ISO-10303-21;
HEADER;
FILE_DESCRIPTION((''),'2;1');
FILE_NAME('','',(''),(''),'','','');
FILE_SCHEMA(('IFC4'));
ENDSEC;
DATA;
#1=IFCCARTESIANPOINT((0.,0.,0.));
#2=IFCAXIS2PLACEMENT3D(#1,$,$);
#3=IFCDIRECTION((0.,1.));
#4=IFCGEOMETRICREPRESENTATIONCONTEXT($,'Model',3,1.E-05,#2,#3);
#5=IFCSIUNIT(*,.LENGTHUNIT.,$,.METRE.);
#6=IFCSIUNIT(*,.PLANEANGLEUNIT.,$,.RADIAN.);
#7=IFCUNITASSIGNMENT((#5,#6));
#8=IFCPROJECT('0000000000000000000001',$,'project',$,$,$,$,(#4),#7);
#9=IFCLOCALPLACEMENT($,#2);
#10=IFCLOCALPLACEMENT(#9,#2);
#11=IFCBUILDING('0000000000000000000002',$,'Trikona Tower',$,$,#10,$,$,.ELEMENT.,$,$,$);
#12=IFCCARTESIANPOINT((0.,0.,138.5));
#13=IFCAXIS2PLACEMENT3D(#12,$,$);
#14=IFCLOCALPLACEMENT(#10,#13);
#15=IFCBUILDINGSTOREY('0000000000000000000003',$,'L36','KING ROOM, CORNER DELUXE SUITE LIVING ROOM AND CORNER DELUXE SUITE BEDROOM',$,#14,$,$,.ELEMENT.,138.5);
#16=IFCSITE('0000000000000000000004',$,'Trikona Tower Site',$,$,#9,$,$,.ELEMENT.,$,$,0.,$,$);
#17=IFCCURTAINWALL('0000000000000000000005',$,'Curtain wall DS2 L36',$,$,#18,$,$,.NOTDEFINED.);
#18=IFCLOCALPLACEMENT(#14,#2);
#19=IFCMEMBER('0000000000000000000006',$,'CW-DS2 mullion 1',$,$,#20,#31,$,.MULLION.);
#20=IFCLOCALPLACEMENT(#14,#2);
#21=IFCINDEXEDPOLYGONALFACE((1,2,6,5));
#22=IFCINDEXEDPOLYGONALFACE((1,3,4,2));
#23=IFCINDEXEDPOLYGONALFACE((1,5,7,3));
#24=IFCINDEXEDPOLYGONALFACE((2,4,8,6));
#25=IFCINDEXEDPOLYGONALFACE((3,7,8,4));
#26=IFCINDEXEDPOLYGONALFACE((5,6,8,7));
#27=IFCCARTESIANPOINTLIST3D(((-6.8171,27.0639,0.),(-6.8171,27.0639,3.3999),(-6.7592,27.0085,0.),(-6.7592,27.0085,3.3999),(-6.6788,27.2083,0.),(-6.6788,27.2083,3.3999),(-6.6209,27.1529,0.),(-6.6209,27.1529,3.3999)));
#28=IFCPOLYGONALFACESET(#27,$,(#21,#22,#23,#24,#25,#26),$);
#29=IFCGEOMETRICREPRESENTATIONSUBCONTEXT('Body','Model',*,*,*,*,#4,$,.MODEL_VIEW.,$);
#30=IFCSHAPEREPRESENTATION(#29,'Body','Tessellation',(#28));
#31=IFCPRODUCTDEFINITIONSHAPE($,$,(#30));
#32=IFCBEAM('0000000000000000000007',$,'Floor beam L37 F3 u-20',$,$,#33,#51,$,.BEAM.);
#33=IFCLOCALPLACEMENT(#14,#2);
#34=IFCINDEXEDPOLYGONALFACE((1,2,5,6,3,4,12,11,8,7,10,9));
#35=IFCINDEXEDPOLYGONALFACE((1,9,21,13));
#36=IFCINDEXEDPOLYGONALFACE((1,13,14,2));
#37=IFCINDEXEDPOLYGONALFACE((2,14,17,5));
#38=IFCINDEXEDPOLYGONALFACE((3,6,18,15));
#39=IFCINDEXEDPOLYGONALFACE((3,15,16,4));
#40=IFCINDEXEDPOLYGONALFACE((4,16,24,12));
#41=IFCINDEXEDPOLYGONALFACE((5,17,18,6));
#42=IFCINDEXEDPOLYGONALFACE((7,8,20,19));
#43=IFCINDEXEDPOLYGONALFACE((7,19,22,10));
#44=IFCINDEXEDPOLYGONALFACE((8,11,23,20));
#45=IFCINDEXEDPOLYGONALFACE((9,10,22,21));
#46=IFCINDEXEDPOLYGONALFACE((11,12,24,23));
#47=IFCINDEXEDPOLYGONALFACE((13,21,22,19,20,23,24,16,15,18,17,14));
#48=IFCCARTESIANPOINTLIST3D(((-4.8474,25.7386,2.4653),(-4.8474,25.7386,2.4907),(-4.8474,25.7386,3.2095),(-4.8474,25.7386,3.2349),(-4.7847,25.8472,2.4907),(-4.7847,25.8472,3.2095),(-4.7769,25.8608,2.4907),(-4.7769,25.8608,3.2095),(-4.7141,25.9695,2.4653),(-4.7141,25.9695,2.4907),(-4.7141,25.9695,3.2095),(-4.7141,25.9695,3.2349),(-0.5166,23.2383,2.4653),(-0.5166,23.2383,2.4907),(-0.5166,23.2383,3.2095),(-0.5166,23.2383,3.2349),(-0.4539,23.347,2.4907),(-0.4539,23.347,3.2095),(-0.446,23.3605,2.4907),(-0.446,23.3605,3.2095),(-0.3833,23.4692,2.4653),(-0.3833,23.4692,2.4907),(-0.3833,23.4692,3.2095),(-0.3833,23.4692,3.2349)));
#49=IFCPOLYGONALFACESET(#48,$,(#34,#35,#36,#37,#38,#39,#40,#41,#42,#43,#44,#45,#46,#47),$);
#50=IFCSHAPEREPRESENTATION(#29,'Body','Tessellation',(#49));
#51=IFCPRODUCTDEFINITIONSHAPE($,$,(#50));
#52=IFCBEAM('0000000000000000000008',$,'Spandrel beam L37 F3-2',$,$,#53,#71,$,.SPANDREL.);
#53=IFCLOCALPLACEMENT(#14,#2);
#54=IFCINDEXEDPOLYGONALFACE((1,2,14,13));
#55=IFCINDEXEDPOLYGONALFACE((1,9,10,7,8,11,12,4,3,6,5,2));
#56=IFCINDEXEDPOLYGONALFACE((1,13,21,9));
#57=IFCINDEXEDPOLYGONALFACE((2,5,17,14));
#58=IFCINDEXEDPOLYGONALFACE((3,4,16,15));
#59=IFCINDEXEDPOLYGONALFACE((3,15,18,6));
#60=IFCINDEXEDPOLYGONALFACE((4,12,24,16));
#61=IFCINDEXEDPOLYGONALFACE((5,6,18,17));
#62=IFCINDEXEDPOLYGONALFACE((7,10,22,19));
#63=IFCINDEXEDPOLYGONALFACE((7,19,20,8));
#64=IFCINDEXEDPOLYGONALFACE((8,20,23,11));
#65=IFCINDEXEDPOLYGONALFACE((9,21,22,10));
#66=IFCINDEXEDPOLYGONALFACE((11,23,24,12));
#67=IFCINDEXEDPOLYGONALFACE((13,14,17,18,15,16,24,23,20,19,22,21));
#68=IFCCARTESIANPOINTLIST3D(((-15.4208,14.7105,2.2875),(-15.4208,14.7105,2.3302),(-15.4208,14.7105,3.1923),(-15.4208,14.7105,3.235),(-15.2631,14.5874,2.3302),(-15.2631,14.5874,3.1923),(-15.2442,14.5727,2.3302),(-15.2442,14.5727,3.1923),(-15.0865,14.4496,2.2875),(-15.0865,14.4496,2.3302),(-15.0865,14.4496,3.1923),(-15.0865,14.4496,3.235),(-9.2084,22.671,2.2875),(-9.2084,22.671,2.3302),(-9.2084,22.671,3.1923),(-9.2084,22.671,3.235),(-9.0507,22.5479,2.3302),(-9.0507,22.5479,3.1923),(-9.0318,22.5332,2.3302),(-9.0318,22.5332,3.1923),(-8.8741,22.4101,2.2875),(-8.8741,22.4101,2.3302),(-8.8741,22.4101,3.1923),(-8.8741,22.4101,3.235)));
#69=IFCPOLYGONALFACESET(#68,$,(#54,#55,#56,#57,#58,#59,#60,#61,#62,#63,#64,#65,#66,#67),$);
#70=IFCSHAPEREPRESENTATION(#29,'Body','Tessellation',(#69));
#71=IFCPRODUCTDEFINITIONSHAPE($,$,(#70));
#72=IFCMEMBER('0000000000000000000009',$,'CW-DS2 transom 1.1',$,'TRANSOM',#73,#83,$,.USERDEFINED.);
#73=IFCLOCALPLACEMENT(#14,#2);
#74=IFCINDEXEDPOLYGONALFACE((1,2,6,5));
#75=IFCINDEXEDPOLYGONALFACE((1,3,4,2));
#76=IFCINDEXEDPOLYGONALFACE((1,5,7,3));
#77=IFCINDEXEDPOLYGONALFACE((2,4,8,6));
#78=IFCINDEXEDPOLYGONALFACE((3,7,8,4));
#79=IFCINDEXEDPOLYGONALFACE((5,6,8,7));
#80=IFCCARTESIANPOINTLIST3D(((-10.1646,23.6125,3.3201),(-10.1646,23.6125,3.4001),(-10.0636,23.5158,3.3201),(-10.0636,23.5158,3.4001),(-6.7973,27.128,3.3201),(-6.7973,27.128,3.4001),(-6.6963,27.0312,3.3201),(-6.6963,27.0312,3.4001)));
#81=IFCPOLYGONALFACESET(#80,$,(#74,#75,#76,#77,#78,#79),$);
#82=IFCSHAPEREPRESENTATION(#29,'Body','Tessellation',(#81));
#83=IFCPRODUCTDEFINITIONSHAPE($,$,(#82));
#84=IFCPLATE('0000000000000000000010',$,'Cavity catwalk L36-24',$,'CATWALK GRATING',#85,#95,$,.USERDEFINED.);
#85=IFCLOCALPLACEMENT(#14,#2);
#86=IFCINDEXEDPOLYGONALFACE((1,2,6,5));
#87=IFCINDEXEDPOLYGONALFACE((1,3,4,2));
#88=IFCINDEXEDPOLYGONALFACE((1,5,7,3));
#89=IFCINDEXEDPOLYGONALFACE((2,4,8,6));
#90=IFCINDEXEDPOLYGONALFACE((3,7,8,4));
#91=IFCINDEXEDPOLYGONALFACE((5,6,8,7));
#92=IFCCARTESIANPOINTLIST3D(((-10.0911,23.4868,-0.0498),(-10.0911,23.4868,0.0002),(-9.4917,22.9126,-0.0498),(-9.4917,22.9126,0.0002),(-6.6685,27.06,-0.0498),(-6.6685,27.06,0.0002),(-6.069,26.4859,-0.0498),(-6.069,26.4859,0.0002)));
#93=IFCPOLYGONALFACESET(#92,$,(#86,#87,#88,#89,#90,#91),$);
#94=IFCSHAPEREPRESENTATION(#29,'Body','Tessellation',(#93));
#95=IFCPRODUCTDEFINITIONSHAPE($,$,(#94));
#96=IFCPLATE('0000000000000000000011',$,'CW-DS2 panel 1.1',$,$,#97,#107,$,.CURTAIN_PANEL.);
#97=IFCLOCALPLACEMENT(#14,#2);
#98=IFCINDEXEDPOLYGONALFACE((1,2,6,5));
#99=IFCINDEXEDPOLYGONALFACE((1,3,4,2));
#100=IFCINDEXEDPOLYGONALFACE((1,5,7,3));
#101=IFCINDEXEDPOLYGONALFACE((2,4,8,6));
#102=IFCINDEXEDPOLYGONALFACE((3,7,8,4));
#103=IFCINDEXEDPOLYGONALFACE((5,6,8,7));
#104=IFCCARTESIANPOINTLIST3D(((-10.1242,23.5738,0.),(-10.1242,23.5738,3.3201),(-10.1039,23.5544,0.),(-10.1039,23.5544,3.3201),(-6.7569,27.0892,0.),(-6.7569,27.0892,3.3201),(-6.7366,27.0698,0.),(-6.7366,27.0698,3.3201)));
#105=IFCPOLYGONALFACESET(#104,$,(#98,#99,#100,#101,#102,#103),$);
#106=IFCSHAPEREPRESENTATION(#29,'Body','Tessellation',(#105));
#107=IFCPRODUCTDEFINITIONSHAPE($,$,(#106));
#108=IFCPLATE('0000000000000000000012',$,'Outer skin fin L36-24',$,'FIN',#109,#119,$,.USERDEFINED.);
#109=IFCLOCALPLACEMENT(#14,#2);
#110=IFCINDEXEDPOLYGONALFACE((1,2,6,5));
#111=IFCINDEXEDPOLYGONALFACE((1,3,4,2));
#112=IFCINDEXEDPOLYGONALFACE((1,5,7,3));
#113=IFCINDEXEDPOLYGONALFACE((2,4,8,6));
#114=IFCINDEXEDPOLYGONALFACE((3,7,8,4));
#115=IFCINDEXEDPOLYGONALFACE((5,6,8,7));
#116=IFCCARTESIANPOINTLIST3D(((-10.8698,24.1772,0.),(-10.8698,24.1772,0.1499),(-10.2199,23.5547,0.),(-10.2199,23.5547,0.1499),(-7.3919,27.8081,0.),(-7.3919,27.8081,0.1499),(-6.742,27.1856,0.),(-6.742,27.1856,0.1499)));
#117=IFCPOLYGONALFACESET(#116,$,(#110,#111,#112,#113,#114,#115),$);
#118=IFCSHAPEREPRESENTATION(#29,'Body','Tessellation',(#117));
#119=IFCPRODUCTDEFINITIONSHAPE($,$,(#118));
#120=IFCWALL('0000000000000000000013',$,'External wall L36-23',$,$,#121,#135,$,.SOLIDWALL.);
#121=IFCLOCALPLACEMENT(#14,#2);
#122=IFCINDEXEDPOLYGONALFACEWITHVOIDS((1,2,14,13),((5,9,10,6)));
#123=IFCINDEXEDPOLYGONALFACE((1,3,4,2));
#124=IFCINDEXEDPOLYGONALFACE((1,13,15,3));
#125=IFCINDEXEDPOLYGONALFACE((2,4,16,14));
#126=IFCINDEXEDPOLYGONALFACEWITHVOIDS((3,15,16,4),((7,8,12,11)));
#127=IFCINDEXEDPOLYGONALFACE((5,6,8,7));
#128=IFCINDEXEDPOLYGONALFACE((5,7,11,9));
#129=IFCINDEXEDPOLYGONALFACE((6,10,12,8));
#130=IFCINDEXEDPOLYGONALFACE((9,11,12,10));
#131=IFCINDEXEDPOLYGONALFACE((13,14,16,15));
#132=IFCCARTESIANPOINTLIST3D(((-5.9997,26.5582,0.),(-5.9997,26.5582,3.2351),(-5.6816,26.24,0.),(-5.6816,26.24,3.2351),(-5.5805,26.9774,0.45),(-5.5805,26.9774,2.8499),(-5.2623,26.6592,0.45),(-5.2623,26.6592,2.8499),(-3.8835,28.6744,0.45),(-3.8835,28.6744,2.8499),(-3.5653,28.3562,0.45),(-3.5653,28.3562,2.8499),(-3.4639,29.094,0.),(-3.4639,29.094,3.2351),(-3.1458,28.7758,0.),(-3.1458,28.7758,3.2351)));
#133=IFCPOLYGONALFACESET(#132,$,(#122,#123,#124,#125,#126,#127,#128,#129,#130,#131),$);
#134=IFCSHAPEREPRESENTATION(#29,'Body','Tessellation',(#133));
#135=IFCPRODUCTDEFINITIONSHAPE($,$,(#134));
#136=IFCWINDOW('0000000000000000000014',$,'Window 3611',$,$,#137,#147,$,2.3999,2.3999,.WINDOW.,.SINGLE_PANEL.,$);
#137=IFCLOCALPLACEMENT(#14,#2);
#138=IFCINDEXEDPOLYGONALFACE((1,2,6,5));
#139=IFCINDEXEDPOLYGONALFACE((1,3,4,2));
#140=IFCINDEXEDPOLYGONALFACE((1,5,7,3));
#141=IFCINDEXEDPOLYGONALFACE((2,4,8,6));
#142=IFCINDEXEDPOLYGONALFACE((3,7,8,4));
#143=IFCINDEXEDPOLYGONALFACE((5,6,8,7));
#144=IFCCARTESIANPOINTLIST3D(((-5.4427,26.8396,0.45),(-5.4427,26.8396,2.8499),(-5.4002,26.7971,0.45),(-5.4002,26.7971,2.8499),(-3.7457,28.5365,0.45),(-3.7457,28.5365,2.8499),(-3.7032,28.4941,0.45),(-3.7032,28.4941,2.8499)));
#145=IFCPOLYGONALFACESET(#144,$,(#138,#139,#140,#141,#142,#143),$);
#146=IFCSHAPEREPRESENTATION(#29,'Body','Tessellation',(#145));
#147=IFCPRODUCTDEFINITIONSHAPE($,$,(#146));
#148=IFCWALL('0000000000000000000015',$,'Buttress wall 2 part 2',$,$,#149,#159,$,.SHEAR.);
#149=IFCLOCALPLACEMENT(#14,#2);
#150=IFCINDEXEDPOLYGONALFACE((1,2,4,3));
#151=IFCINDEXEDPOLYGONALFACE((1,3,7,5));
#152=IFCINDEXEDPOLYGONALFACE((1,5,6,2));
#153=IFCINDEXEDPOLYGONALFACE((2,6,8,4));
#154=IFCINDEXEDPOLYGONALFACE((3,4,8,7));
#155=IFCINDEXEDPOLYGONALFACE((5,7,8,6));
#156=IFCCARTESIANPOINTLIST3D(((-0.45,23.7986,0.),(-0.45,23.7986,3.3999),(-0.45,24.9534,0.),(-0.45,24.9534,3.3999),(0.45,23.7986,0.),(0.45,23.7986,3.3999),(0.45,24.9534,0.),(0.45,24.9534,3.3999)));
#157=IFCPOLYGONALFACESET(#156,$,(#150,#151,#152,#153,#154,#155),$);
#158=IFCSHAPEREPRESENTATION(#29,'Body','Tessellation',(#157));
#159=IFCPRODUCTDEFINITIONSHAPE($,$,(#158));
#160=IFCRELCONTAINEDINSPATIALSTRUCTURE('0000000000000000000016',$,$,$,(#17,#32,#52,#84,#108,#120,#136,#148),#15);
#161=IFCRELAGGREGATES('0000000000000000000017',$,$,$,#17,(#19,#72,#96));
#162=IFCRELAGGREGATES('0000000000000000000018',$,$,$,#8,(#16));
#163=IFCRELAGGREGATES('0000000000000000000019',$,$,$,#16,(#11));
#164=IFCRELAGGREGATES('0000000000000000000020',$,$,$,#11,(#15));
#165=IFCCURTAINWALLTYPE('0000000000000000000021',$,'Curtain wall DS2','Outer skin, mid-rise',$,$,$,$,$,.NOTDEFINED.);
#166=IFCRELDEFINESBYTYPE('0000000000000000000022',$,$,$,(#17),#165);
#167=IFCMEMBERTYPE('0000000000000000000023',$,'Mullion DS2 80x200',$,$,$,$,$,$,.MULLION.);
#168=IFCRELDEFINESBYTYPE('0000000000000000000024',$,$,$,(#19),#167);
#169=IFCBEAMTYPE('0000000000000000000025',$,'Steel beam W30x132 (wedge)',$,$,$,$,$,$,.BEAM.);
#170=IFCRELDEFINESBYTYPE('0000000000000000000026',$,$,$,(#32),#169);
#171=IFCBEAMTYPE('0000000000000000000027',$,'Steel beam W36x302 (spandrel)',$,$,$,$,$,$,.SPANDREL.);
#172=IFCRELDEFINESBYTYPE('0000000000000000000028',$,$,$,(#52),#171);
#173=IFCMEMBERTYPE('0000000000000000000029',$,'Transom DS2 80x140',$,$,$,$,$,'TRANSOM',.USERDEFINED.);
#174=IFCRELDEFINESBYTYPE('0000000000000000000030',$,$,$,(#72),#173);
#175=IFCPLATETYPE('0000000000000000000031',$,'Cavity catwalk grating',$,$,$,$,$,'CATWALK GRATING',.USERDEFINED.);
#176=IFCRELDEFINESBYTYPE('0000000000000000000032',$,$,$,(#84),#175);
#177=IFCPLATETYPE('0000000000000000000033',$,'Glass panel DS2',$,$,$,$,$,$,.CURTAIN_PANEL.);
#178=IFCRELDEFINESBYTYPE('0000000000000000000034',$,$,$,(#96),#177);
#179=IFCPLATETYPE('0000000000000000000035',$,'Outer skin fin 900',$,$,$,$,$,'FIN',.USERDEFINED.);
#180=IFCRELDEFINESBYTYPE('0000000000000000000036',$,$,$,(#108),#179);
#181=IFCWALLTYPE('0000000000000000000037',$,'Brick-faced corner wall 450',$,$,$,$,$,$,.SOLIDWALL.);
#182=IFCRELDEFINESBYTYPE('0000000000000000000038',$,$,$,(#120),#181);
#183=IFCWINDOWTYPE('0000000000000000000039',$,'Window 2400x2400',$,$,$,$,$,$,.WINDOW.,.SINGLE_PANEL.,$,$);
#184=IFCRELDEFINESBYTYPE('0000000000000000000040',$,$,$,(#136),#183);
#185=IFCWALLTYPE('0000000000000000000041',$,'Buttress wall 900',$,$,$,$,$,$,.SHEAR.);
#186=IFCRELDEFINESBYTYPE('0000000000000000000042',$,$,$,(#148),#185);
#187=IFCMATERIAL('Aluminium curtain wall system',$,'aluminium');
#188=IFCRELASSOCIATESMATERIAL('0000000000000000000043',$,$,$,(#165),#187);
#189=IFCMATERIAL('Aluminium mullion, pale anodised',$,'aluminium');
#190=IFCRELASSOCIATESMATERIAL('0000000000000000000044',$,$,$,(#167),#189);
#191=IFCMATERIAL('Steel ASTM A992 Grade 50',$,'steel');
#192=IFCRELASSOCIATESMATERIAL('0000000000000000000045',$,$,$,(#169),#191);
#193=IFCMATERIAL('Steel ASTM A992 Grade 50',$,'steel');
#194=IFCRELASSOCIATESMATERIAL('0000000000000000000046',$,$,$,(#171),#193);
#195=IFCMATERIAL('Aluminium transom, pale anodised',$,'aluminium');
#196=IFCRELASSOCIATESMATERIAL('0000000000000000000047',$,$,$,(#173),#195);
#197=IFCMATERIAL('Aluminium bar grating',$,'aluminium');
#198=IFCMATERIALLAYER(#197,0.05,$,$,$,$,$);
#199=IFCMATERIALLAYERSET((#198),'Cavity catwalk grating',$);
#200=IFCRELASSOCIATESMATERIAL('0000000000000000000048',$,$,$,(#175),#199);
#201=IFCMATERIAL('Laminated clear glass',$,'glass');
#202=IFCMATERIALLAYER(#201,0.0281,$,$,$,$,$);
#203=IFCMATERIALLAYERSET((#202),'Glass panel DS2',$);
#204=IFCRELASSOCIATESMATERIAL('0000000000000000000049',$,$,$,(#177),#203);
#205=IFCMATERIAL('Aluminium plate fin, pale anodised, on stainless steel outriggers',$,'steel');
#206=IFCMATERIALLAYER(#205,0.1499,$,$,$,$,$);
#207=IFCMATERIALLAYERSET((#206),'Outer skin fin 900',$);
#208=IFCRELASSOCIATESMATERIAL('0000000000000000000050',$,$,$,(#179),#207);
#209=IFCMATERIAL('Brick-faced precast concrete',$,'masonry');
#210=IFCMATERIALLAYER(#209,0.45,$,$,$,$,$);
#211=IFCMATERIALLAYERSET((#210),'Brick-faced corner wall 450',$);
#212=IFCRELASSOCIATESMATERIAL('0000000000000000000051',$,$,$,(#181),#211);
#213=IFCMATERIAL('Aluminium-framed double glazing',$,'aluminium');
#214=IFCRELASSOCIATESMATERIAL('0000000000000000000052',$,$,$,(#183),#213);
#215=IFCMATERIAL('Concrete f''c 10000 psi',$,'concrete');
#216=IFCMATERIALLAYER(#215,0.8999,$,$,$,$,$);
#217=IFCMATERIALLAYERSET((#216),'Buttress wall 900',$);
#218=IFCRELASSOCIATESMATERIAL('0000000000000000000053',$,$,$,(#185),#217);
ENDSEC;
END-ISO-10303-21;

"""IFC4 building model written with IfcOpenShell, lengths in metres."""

from ifc_helpers import new_model, si_unit, direction, frame, frame_2d, origin, origin_2d, place, context, subcontext, project, spatial, rectangle, i_section, extrude, material, layer, layer_set, material_profile, profile_set, type_object, element, fill, aggregate, save


model = new_model("IFC4")

# Units and contexts
model_context = context("Model", 3, precision=1e-05, world=origin(), true_north=direction((0.0, 1.0)))
body_context = subcontext(model_context, "Body", "Model", "MODEL_VIEW")
ifc_project = project(units=[si_unit("LENGTHUNIT", "METRE"), si_unit("PLANEANGLEUNIT", "RADIAN")], contexts=[model_context])

# Site, building, storey
site_placement = place(None, origin())
site = spatial("IfcSite", under=ifc_project, at=site_placement, Name="Trikona Tower Site", CompositionType="ELEMENT", RefElevation=0.0)
building_placement = place(site_placement, origin())
building = spatial("IfcBuilding", under=site, at=building_placement, Name="Trikona Tower", CompositionType="ELEMENT")
storey_placement = place(building_placement, frame((0.0, 0.0, 138.5)))
storey = spatial("IfcBuildingStorey", under=building, at=storey_placement, Name="L36", Description="KING ROOM, CORNER DELUXE SUITE LIVING ROOM AND CORNER DELUXE SUITE BEDROOM", CompositionType="ELEMENT", Elevation=138.5)

# Curtain wall, member
ifc_material_1 = material(Name="Aluminium curtain wall system", Category="aluminium")
curtain_wall_type = type_object("IfcCurtainWallType", Name="Curtain wall DS2", Description="Outer skin, mid-rise", PredefinedType="NOTDEFINED", material=ifc_material_1)
curtain_wall_placement = place(storey_placement, origin())
curtain_wall = element("IfcCurtainWall", 1, at=curtain_wall_placement, inside=storey, type_object=curtain_wall_type, Name="Curtain wall DS2 L36", PredefinedType="NOTDEFINED")
ifc_material_2 = material(Name="Aluminium mullion, pale anodised", Category="aluminium")
ifc_material_profile_1 = material_profile(ifc_material_2, rectangle(XDim=0.0801, YDim=0.2, at=origin_2d()), Name="MUL-DS2")
ifc_profile_set_1 = profile_set([ifc_material_profile_1], Name="Aluminium mullion, pale anodised")
member_type_1 = type_object("IfcMemberType", Name="Mullion DS2 80x200", PredefinedType="MULLION", material=ifc_profile_set_1)
member_1_placement = place(storey_placement, frame((-6.719, 27.1084, 0.0), z_axis=(0.0, 0.0, 1.0), x_axis=(0.722158, -0.691728, 0.0)))
member_1 = element("IfcMember", 2, at=member_1_placement, type_object=member_type_1, Name="CW-DS2 mullion 1", PredefinedType="MULLION", context=body_context, shape_type="SweptSolid", body=[
    extrude(rectangle(XDim=0.0801, YDim=0.2, at=origin_2d()), origin(), (0.0, 0.0, 1.0), 3.3999),
])

# Beams
ifc_material_3 = material(Name="Steel ASTM A992 Grade 50", Category="steel")
ifc_material_profile_2 = material_profile(ifc_material_3, i_section(OverallWidth=0.2666, OverallDepth=0.7695, WebThickness=0.0156, FlangeThickness=0.0254, at=origin_2d()), Name="W30X132")
ifc_profile_set_2 = profile_set([ifc_material_profile_2], Name="Steel ASTM A992 Grade 50")
beam_type_1 = type_object("IfcBeamType", Name="Steel beam W30x132 (wedge)", PredefinedType="BEAM", material=ifc_profile_set_2)
beam_1_placement = place(storey_placement, frame((-0.45, 23.3538, 2.8501), z_axis=(-0.866038, 0.499977, 0.0), x_axis=(-0.499977, -0.866038, 0.0)))
element("IfcBeam", 3, at=beam_1_placement, inside=storey, type_object=beam_type_1, Name="Floor beam L37 F3 u-20", PredefinedType="BEAM", context=body_context, shape_type="SweptSolid", body=[
    extrude(i_section(OverallWidth=0.2666, OverallDepth=0.7695, WebThickness=0.0156, FlangeThickness=0.0254, at=origin_2d()), origin(), (0.0, 0.0, 1.0), 5.0007),
])
ifc_material_4 = material(Name="Steel ASTM A992 Grade 50", Category="steel")
ifc_material_profile_3 = material_profile(ifc_material_4, i_section(OverallWidth=0.4241, OverallDepth=0.9475, WebThickness=0.0239, FlangeThickness=0.0427, at=origin_2d()), Name="W36X302")
ifc_profile_set_3 = profile_set([ifc_material_profile_3], Name="Steel ASTM A992 Grade 50")
beam_type_2 = type_object("IfcBeamType", Name="Steel beam W36x302 (spandrel)", PredefinedType="SPANDREL", material=ifc_profile_set_3)
beam_2_placement = place(storey_placement, frame((-9.0413, 22.5405, 2.7612), z_axis=(-0.615232, -0.788346, 0.0), x_axis=(0.788346, -0.615232, 0.0)))
element("IfcBeam", 4, at=beam_2_placement, inside=storey, type_object=beam_type_2, Name="Spandrel beam L37 F3-2", PredefinedType="SPANDREL", context=body_context, shape_type="SweptSolid", body=[
    extrude(i_section(OverallWidth=0.4241, OverallDepth=0.9475, WebThickness=0.0239, FlangeThickness=0.0427, at=origin_2d()), origin(), (0.0, 0.0, 1.0), 10.0977),
])

# Member
ifc_material_5 = material(Name="Aluminium transom, pale anodised", Category="aluminium")
ifc_material_profile_4 = material_profile(ifc_material_5, rectangle(XDim=0.1399, YDim=0.0801, at=origin_2d()), Name="TRN-DS2")
ifc_profile_set_4 = profile_set([ifc_material_profile_4], Name="Aluminium transom, pale anodised")
member_type_2 = type_object("IfcMemberType", Name="Transom DS2 80x140", ElementType="TRANSOM", PredefinedType="USERDEFINED", material=ifc_profile_set_4)
member_2_placement = place(storey_placement, frame((-6.7468, 27.0796, 3.3601), z_axis=(-0.691721, -0.722165, 0.0), x_axis=(0.722165, -0.691721, 0.0)))
member_2 = element("IfcMember", 5, at=member_2_placement, type_object=member_type_2, Name="CW-DS2 transom 1.1", ObjectType="TRANSOM", PredefinedType="USERDEFINED", context=body_context, shape_type="SweptSolid", body=[
    extrude(rectangle(XDim=0.1399, YDim=0.0801, at=origin_2d()), origin(), (0.0, 0.0, 1.0), 4.8679),
])

# Plates
ifc_material_6 = material(Name="Aluminium bar grating", Category="aluminium")
ifc_layer_1 = layer(ifc_material_6, 0.05)
ifc_layer_set_1 = layer_set([ifc_layer_1], Name="Cavity catwalk grating")
plate_type_1 = type_object("IfcPlateType", Name="Cavity catwalk grating", ElementType="CATWALK GRATING", PredefinedType="USERDEFINED", material=ifc_layer_set_1)
plate_1_placement = place(storey_placement, frame((-8.0801, 24.9863, -0.0498), z_axis=(0.0, 0.0, 1.0), x_axis=(-0.691724, -0.722162, 0.0)))
element("IfcPlate", 6, at=plate_1_placement, inside=storey, type_object=plate_type_1, Name="Cavity catwalk L36-24", ObjectType="CATWALK GRATING", PredefinedType="USERDEFINED", context=body_context, shape_type="SweptSolid", body=[
    extrude(rectangle(XDim=4.948, YDim=0.8301, at=origin_2d()), origin(), (0.0, 0.0, 1.0), 0.05),
])
ifc_material_7 = material(Name="Laminated clear glass", Category="glass")
ifc_layer_2 = layer(ifc_material_7, 0.0281)
ifc_layer_set_2 = layer_set([ifc_layer_2], Name="Glass panel DS2")
plate_type_2 = type_object("IfcPlateType", Name="Glass panel DS2", PredefinedType="CURTAIN_PANEL", material=ifc_layer_set_2)
plate_2_placement = place(storey_placement, frame((-8.4304, 25.3218, 0.0), z_axis=(0.0, 0.0, 1.0), x_axis=(-0.691728, -0.722158, 0.0)))
plate_2 = element("IfcPlate", 7, at=plate_2_placement, type_object=plate_type_2, Name="CW-DS2 panel 1.1", PredefinedType="CURTAIN_PANEL", context=body_context, shape_type="SweptSolid", body=[
    extrude(rectangle(XDim=4.8679, YDim=0.0281, at=origin_2d()), origin(), (0.0, 0.0, 1.0), 3.3201),
])
aggregate(curtain_wall, [member_1, member_2, plate_2])
ifc_material_8 = material(Name="Aluminium plate fin, pale anodised, on stainless steel outriggers", Category="steel")
ifc_layer_3 = layer(ifc_material_8, 0.1499)
ifc_layer_set_3 = layer_set([ifc_layer_3], Name="Outer skin fin 900")
plate_type_3 = type_object("IfcPlateType", Name="Outer skin fin 900", ElementType="FIN", PredefinedType="USERDEFINED", material=ifc_layer_set_3)
plate_3_placement = place(storey_placement, frame((-8.8059, 25.6814, 0.0), z_axis=(0.0, 0.0, 1.0), x_axis=(-0.691724, -0.722162, 0.0)))
element("IfcPlate", 8, at=plate_3_placement, inside=storey, type_object=plate_type_3, Name="Outer skin fin L36-24", ObjectType="FIN", PredefinedType="USERDEFINED", context=body_context, shape_type="SweptSolid", body=[
    extrude(rectangle(XDim=5.0278, YDim=0.8999, at=origin_2d()), origin(), (0.0, 0.0, 1.0), 0.1499),
])

# Wall, opening, window
ifc_material_9 = material(Name="Brick-faced precast concrete", Category="masonry")
ifc_layer_4 = layer(ifc_material_9, 0.45)
ifc_layer_set_4 = layer_set([ifc_layer_4], Name="Brick-faced corner wall 450")
wall_type_1 = type_object("IfcWallType", Name="Brick-faced corner wall 450", PredefinedType="SOLIDWALL", material=ifc_layer_set_4)
wall_1_placement = place(storey_placement, frame((-3.3049, 28.9348, 0.0), z_axis=(0.0, 0.0, 1.0), x_axis=(-0.707107, -0.707107, 0.0)))
wall_1 = element("IfcWall", 9, at=wall_1_placement, inside=storey, type_object=wall_type_1, Name="External wall L36-23", PredefinedType="SOLIDWALL", context=body_context, shape_type="SweptSolid", body=[
    extrude(rectangle(XDim=3.5862, YDim=0.45, at=frame_2d((1.793, 0.0))), origin(), (0.0, 0.0, 1.0), 3.2351),
])
opening_1_placement = place(wall_1_placement, frame((0.5933, 0.0, 0.45)))
opening_1 = element("IfcOpeningElement", 10, at=opening_1_placement, cuts=wall_1, PredefinedType="OPENING", context=body_context, shape_type="SweptSolid", body=[
    extrude(rectangle(XDim=2.3999, YDim=2.3999, at=frame_2d((1.2, 1.2))), frame((0.0, 0.2349, 0.0), z_axis=(0.0, -1.0, 0.0), x_axis=(1.0, 0.0, 0.0)), (0.0, 0.0, 1.0), 0.47),
])
ifc_material_10 = material(Name="Aluminium-framed double glazing", Category="aluminium")
window_type_1 = type_object("IfcWindowType", Name="Window 2400x2400", PartitioningType="SINGLE_PANEL", PredefinedType="WINDOW", material=ifc_material_10)
window_1_placement = place(opening_1_placement, origin())
window_1 = element("IfcWindow", 11, at=window_1_placement, inside=storey, type_object=window_type_1, Name="Window 3611", OverallHeight=2.3999, OverallWidth=2.3999, PartitioningType="SINGLE_PANEL", PredefinedType="WINDOW", context=body_context, shape_type="SweptSolid", body=[
    extrude(rectangle(XDim=2.3999, YDim=2.3999, at=frame_2d((1.2, 1.2))), frame((0.0, 0.03, 0.0), z_axis=(0.0, -1.0, 0.0), x_axis=(1.0, 0.0, 0.0)), (0.0, 0.0, 1.0), 0.0601),
])
fill(opening_1, window_1)

# Wall
ifc_material_11 = material(Name="Concrete f'c 10000 psi", Category="concrete")
ifc_layer_5 = layer(ifc_material_11, 0.8999)
ifc_layer_set_5 = layer_set([ifc_layer_5], Name="Buttress wall 900")
wall_type_2 = type_object("IfcWallType", Name="Buttress wall 900", PredefinedType="SHEAR", material=ifc_layer_set_5)
wall_2_placement = place(storey_placement, frame((0.0, 23.7986, 0.0), z_axis=(0.0, 0.0, 1.0), x_axis=(0.0, 1.0, 0.0)))
element("IfcWall", 12, at=wall_2_placement, inside=storey, type_object=wall_type_2, Name="Buttress wall 2 part 2", PredefinedType="SHEAR", context=body_context, shape_type="SweptSolid", body=[
    extrude(rectangle(XDim=1.1548, YDim=0.8999, at=frame_2d((0.5774, 0.0))), origin(), (0.0, 0.0, 1.0), 3.3999),
])

save(model, "model.ifc")
